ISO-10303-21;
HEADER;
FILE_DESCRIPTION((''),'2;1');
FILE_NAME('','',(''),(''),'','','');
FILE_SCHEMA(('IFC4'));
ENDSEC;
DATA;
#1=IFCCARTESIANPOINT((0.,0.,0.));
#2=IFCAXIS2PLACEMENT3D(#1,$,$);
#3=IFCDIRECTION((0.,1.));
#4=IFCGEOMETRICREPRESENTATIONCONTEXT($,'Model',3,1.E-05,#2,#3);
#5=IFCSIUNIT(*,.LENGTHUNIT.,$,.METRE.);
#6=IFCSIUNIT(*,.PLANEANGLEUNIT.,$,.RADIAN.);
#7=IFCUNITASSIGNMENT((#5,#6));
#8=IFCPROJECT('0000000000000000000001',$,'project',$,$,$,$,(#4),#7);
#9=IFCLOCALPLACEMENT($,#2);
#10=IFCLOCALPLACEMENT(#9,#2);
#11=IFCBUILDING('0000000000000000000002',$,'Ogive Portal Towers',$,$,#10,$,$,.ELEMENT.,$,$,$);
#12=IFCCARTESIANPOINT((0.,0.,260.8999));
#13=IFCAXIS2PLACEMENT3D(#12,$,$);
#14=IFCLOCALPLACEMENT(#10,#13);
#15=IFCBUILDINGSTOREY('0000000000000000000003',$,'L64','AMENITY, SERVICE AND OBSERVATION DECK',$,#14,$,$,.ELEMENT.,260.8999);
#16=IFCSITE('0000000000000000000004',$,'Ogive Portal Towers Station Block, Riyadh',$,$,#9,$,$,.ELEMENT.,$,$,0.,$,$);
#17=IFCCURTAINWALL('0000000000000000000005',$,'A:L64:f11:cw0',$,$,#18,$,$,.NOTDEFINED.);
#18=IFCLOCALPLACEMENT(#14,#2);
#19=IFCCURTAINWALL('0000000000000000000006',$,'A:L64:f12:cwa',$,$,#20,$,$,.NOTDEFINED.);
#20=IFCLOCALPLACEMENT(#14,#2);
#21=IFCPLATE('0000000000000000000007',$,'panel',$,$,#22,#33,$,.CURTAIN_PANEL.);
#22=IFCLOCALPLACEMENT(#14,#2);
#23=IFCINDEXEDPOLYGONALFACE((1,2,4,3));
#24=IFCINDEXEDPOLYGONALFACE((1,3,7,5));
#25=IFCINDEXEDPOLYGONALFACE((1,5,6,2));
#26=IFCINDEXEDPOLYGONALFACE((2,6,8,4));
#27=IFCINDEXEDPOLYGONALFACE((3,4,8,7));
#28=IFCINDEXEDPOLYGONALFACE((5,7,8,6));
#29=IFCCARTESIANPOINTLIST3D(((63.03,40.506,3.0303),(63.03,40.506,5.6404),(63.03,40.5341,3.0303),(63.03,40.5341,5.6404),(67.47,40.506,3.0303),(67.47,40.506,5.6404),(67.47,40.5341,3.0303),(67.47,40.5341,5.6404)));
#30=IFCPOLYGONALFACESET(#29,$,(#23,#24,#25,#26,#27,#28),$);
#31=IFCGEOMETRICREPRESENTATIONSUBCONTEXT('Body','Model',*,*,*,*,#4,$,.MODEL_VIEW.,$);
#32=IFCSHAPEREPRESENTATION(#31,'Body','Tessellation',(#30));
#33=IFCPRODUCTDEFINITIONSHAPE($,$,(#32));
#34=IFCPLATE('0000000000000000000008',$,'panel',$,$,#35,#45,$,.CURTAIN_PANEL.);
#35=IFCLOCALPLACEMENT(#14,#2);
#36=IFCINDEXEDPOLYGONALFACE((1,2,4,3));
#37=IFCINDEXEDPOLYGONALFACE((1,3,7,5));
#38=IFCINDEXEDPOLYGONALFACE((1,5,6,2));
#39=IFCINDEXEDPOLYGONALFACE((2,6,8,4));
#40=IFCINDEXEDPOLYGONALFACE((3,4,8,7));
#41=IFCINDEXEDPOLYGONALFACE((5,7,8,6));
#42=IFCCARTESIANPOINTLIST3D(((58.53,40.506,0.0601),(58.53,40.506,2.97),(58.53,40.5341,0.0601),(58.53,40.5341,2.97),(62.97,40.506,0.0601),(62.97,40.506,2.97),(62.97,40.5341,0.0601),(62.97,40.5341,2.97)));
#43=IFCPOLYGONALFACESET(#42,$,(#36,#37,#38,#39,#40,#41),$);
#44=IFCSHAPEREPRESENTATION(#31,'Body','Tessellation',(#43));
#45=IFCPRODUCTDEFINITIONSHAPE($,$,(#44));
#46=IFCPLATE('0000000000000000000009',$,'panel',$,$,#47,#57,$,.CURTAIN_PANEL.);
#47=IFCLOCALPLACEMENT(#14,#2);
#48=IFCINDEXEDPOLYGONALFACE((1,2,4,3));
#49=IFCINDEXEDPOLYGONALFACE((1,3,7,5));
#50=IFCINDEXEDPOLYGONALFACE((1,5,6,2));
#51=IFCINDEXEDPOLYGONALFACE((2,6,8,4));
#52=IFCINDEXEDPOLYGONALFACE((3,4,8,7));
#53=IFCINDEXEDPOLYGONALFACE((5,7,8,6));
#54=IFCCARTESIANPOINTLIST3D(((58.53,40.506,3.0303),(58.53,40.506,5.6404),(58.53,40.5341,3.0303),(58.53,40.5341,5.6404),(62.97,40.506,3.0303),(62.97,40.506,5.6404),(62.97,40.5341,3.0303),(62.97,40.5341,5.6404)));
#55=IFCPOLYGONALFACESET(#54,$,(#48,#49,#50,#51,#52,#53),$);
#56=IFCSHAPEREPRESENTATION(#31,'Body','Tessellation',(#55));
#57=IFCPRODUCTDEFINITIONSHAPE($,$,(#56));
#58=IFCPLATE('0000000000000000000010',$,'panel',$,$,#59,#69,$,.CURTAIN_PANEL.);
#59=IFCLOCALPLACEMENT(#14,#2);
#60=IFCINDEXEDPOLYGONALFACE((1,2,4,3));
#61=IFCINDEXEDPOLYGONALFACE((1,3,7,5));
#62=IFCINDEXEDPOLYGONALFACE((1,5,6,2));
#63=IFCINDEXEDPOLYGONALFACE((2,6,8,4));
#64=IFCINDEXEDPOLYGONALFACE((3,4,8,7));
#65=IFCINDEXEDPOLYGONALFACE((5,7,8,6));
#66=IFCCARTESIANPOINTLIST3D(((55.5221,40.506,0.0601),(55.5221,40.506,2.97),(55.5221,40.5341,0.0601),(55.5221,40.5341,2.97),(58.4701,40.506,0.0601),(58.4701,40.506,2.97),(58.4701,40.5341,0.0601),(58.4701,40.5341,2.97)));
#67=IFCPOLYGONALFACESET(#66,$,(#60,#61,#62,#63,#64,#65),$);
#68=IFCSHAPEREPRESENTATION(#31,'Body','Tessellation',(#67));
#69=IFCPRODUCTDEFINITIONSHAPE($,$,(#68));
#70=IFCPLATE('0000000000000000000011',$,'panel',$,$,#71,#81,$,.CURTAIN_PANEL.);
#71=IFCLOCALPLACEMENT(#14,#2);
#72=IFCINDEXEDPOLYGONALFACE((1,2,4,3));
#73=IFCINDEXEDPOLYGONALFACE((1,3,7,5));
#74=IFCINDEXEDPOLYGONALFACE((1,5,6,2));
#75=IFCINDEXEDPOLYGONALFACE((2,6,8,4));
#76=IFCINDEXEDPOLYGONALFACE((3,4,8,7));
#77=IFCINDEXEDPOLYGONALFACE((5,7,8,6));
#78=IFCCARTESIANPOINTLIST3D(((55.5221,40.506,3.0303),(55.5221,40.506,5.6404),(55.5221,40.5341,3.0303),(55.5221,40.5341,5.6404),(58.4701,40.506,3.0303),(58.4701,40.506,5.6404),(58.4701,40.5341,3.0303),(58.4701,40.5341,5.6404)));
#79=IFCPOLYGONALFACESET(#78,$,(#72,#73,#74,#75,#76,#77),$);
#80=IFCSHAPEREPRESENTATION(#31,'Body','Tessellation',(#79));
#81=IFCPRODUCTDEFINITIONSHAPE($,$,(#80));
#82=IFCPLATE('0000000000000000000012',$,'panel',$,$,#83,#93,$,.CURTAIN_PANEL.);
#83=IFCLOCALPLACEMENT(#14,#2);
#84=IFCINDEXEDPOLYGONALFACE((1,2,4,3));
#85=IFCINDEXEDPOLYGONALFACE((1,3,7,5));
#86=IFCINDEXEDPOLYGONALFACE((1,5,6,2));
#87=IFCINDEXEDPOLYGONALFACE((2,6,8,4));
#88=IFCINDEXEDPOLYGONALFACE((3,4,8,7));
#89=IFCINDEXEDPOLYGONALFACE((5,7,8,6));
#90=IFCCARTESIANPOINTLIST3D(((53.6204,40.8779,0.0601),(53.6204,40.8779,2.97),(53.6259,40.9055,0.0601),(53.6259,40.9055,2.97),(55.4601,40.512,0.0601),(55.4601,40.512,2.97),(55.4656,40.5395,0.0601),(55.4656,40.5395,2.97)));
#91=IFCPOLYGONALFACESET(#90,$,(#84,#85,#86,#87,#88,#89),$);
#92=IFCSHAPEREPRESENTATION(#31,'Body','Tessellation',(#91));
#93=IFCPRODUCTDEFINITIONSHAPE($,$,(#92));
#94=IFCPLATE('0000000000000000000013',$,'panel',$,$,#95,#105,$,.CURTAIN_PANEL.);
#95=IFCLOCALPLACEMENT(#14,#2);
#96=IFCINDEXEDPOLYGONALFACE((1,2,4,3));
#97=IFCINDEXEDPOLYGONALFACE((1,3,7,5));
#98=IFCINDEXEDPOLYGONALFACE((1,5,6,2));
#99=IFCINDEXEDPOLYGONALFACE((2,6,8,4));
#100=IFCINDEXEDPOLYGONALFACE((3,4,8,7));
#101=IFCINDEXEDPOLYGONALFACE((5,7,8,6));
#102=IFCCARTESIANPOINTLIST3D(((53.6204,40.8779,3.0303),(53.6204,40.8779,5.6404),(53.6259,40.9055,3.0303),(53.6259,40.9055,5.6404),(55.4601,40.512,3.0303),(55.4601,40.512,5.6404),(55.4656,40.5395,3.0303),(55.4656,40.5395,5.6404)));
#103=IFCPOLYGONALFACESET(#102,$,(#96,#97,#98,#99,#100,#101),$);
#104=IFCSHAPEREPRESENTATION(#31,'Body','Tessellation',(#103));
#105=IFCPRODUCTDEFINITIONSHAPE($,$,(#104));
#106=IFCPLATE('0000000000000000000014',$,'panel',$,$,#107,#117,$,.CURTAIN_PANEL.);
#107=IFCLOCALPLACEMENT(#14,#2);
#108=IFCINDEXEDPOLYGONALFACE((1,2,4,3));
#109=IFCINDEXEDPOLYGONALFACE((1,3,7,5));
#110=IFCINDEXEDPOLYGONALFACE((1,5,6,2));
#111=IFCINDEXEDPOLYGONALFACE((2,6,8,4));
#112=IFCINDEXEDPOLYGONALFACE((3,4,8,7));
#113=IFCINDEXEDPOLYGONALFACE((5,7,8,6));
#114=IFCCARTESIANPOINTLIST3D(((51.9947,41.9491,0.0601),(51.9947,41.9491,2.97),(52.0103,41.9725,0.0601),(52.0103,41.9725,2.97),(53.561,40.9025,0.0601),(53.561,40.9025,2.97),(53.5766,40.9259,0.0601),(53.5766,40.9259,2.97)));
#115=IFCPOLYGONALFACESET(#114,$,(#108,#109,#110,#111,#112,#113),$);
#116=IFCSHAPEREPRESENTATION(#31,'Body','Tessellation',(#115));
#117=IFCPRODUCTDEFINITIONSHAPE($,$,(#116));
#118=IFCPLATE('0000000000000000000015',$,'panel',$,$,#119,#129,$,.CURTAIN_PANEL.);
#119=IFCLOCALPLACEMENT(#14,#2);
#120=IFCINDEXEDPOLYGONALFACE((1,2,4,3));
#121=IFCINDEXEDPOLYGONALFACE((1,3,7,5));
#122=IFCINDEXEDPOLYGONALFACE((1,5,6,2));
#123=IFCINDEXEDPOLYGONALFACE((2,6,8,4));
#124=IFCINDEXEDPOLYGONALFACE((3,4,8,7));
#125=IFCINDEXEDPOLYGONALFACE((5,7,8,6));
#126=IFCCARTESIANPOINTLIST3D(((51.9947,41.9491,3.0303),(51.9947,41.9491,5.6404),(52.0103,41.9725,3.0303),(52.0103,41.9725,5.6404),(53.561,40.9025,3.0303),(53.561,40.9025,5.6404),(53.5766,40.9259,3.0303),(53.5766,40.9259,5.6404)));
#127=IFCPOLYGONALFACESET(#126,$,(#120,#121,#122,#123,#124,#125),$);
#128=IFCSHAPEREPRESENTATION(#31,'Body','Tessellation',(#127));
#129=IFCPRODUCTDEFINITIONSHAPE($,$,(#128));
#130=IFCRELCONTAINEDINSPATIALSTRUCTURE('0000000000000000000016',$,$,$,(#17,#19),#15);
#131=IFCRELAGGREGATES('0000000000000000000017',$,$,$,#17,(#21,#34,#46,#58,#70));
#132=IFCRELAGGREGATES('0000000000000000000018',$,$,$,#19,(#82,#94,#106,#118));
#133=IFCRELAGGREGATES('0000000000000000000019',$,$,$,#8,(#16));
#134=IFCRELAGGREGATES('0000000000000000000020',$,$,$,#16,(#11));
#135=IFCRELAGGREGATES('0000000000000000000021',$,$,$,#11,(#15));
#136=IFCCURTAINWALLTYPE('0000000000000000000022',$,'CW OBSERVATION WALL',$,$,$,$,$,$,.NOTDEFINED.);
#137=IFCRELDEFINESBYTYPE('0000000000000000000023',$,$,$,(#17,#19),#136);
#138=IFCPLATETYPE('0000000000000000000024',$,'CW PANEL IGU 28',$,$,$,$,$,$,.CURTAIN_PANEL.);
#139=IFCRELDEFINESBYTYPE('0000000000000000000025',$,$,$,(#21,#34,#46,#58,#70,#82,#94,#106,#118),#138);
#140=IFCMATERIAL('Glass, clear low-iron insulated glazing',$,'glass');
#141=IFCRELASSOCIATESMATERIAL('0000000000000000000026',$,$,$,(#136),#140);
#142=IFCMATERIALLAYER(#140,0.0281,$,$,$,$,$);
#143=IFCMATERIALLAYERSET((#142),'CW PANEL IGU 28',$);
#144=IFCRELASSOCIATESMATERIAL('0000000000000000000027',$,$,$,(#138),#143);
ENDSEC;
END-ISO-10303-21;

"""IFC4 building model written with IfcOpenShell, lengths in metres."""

from ifc_helpers import new_model, si_unit, direction, frame, origin, origin_2d, place, context, subcontext, project, spatial, rectangle, extrude, material, layer, layer_set, type_object, element, aggregate, save


model = new_model("IFC4")

# Units and contexts
model_context = context("Model", 3, precision=1e-05, world=origin(), true_north=direction((0.0, 1.0)))
body_context = subcontext(model_context, "Body", "Model", "MODEL_VIEW")
ifc_project = project(units=[si_unit("LENGTHUNIT", "METRE"), si_unit("PLANEANGLEUNIT", "RADIAN")], contexts=[model_context])

# Site, building, storey
site_placement = place(None, origin())
site = spatial("IfcSite", under=ifc_project, at=site_placement, Name="Ogive Portal Towers Station Block, Riyadh", CompositionType="ELEMENT", RefElevation=0.0)
building_placement = place(site_placement, origin())
building = spatial("IfcBuilding", under=site, at=building_placement, Name="Ogive Portal Towers", CompositionType="ELEMENT")
storey_placement = place(building_placement, frame((0.0, 0.0, 260.8999)))
storey = spatial("IfcBuildingStorey", under=building, at=storey_placement, Name="L64", Description="AMENITY, SERVICE AND OBSERVATION DECK", CompositionType="ELEMENT", Elevation=260.8999)

# Curtain walls
ifc_material_1 = material(Name="Glass, clear low-iron insulated glazing", Category="glass")
curtain_wall_type = type_object("IfcCurtainWallType", Name="CW OBSERVATION WALL", PredefinedType="NOTDEFINED", material=ifc_material_1)
curtain_wall_1_placement = place(storey_placement, origin())
curtain_wall_1 = element("IfcCurtainWall", 1, at=curtain_wall_1_placement, inside=storey, type_object=curtain_wall_type, Name="A:L64:f11:cw0", PredefinedType="NOTDEFINED")
curtain_wall_2_placement = place(storey_placement, origin())
curtain_wall_2 = element("IfcCurtainWall", 2, at=curtain_wall_2_placement, inside=storey, type_object=curtain_wall_type, Name="A:L64:f12:cwa", PredefinedType="NOTDEFINED")

# Plates
ifc_layer = layer(ifc_material_1, 0.0281)
ifc_layer_set = layer_set([ifc_layer], Name="CW PANEL IGU 28")
plate_type = type_object("IfcPlateType", Name="CW PANEL IGU 28", PredefinedType="CURTAIN_PANEL", material=ifc_layer_set)
plate_1_placement = place(storey_placement, frame((65.25, 40.52, 3.0303), z_axis=(0.0, 0.0, 1.0), x_axis=(-1.0, 0.0, 0.0)))
plate_1 = element("IfcPlate", 3, at=plate_1_placement, type_object=plate_type, Name="panel", PredefinedType="CURTAIN_PANEL", context=body_context, shape_type="SweptSolid", body=[
    extrude(rectangle(XDim=4.4399, YDim=0.0281, at=origin_2d()), origin(), (0.0, 0.0, 1.0), 2.6101),
])
plate_2_placement = place(storey_placement, frame((60.75, 40.52, 0.0601), z_axis=(0.0, 0.0, 1.0), x_axis=(-1.0, 0.0, 0.0)))
plate_2 = element("IfcPlate", 4, at=plate_2_placement, type_object=plate_type, Name="panel", PredefinedType="CURTAIN_PANEL", context=body_context, shape_type="SweptSolid", body=[
    extrude(rectangle(XDim=4.4399, YDim=0.0281, at=origin_2d()), origin(), (0.0, 0.0, 1.0), 2.9099),
])
plate_3_placement = place(storey_placement, frame((60.75, 40.52, 3.0303), z_axis=(0.0, 0.0, 1.0), x_axis=(-1.0, 0.0, 0.0)))
plate_3 = element("IfcPlate", 5, at=plate_3_placement, type_object=plate_type, Name="panel", PredefinedType="CURTAIN_PANEL", context=body_context, shape_type="SweptSolid", body=[
    extrude(rectangle(XDim=4.4399, YDim=0.0281, at=origin_2d()), origin(), (0.0, 0.0, 1.0), 2.6101),
])
plate_4_placement = place(storey_placement, frame((56.9961, 40.52, 0.0601), z_axis=(0.0, 0.0, 1.0), x_axis=(-1.0, 0.0, 0.0)))
plate_4 = element("IfcPlate", 6, at=plate_4_placement, type_object=plate_type, Name="panel", PredefinedType="CURTAIN_PANEL", context=body_context, shape_type="SweptSolid", body=[
    extrude(rectangle(XDim=2.948, YDim=0.0281, at=origin_2d()), origin(), (0.0, 0.0, 1.0), 2.9099),
])
plate_5_placement = place(storey_placement, frame((56.9961, 40.52, 3.0303), z_axis=(0.0, 0.0, 1.0), x_axis=(-1.0, 0.0, 0.0)))
plate_5 = element("IfcPlate", 7, at=plate_5_placement, type_object=plate_type, Name="panel", PredefinedType="CURTAIN_PANEL", context=body_context, shape_type="SweptSolid", body=[
    extrude(rectangle(XDim=2.948, YDim=0.0281, at=origin_2d()), origin(), (0.0, 0.0, 1.0), 2.6101),
])
aggregate(curtain_wall_1, [plate_1, plate_2, plate_3, plate_4, plate_5])
plate_6_placement = place(storey_placement, frame((54.543, 40.7087, 0.0601), z_axis=(0.0, 0.0, 1.0), x_axis=(-0.980785, 0.19509, 0.0)))
plate_6 = element("IfcPlate", 8, at=plate_6_placement, type_object=plate_type, Name="panel", PredefinedType="CURTAIN_PANEL", context=body_context, shape_type="SweptSolid", body=[
    extrude(rectangle(XDim=1.8757, YDim=0.0281, at=origin_2d()), origin(), (0.0, 0.0, 1.0), 2.9099),
])
plate_7_placement = place(storey_placement, frame((54.543, 40.7087, 3.0303), z_axis=(0.0, 0.0, 1.0), x_axis=(-0.980785, 0.19509, 0.0)))
plate_7 = element("IfcPlate", 9, at=plate_7_placement, type_object=plate_type, Name="panel", PredefinedType="CURTAIN_PANEL", context=body_context, shape_type="SweptSolid", body=[
    extrude(rectangle(XDim=1.8757, YDim=0.0281, at=origin_2d()), origin(), (0.0, 0.0, 1.0), 2.6101),
])
plate_8_placement = place(storey_placement, frame((52.7856, 41.4375, 0.0601), z_axis=(0.0, 0.0, 1.0), x_axis=(-0.83147, 0.55557, 0.0)))
plate_8 = element("IfcPlate", 10, at=plate_8_placement, type_object=plate_type, Name="panel", PredefinedType="CURTAIN_PANEL", context=body_context, shape_type="SweptSolid", body=[
    extrude(rectangle(XDim=1.8838, YDim=0.0281, at=origin_2d()), origin(), (0.0, 0.0, 1.0), 2.9099),
])
plate_9_placement = place(storey_placement, frame((52.7856, 41.4375, 3.0303), z_axis=(0.0, 0.0, 1.0), x_axis=(-0.83147, 0.55557, 0.0)))
plate_9 = element("IfcPlate", 11, at=plate_9_placement, type_object=plate_type, Name="panel", PredefinedType="CURTAIN_PANEL", context=body_context, shape_type="SweptSolid", body=[
    extrude(rectangle(XDim=1.8838, YDim=0.0281, at=origin_2d()), origin(), (0.0, 0.0, 1.0), 2.6101),
])
aggregate(curtain_wall_2, [plate_6, plate_7, plate_8, plate_9])

save(model, "model.ifc")
